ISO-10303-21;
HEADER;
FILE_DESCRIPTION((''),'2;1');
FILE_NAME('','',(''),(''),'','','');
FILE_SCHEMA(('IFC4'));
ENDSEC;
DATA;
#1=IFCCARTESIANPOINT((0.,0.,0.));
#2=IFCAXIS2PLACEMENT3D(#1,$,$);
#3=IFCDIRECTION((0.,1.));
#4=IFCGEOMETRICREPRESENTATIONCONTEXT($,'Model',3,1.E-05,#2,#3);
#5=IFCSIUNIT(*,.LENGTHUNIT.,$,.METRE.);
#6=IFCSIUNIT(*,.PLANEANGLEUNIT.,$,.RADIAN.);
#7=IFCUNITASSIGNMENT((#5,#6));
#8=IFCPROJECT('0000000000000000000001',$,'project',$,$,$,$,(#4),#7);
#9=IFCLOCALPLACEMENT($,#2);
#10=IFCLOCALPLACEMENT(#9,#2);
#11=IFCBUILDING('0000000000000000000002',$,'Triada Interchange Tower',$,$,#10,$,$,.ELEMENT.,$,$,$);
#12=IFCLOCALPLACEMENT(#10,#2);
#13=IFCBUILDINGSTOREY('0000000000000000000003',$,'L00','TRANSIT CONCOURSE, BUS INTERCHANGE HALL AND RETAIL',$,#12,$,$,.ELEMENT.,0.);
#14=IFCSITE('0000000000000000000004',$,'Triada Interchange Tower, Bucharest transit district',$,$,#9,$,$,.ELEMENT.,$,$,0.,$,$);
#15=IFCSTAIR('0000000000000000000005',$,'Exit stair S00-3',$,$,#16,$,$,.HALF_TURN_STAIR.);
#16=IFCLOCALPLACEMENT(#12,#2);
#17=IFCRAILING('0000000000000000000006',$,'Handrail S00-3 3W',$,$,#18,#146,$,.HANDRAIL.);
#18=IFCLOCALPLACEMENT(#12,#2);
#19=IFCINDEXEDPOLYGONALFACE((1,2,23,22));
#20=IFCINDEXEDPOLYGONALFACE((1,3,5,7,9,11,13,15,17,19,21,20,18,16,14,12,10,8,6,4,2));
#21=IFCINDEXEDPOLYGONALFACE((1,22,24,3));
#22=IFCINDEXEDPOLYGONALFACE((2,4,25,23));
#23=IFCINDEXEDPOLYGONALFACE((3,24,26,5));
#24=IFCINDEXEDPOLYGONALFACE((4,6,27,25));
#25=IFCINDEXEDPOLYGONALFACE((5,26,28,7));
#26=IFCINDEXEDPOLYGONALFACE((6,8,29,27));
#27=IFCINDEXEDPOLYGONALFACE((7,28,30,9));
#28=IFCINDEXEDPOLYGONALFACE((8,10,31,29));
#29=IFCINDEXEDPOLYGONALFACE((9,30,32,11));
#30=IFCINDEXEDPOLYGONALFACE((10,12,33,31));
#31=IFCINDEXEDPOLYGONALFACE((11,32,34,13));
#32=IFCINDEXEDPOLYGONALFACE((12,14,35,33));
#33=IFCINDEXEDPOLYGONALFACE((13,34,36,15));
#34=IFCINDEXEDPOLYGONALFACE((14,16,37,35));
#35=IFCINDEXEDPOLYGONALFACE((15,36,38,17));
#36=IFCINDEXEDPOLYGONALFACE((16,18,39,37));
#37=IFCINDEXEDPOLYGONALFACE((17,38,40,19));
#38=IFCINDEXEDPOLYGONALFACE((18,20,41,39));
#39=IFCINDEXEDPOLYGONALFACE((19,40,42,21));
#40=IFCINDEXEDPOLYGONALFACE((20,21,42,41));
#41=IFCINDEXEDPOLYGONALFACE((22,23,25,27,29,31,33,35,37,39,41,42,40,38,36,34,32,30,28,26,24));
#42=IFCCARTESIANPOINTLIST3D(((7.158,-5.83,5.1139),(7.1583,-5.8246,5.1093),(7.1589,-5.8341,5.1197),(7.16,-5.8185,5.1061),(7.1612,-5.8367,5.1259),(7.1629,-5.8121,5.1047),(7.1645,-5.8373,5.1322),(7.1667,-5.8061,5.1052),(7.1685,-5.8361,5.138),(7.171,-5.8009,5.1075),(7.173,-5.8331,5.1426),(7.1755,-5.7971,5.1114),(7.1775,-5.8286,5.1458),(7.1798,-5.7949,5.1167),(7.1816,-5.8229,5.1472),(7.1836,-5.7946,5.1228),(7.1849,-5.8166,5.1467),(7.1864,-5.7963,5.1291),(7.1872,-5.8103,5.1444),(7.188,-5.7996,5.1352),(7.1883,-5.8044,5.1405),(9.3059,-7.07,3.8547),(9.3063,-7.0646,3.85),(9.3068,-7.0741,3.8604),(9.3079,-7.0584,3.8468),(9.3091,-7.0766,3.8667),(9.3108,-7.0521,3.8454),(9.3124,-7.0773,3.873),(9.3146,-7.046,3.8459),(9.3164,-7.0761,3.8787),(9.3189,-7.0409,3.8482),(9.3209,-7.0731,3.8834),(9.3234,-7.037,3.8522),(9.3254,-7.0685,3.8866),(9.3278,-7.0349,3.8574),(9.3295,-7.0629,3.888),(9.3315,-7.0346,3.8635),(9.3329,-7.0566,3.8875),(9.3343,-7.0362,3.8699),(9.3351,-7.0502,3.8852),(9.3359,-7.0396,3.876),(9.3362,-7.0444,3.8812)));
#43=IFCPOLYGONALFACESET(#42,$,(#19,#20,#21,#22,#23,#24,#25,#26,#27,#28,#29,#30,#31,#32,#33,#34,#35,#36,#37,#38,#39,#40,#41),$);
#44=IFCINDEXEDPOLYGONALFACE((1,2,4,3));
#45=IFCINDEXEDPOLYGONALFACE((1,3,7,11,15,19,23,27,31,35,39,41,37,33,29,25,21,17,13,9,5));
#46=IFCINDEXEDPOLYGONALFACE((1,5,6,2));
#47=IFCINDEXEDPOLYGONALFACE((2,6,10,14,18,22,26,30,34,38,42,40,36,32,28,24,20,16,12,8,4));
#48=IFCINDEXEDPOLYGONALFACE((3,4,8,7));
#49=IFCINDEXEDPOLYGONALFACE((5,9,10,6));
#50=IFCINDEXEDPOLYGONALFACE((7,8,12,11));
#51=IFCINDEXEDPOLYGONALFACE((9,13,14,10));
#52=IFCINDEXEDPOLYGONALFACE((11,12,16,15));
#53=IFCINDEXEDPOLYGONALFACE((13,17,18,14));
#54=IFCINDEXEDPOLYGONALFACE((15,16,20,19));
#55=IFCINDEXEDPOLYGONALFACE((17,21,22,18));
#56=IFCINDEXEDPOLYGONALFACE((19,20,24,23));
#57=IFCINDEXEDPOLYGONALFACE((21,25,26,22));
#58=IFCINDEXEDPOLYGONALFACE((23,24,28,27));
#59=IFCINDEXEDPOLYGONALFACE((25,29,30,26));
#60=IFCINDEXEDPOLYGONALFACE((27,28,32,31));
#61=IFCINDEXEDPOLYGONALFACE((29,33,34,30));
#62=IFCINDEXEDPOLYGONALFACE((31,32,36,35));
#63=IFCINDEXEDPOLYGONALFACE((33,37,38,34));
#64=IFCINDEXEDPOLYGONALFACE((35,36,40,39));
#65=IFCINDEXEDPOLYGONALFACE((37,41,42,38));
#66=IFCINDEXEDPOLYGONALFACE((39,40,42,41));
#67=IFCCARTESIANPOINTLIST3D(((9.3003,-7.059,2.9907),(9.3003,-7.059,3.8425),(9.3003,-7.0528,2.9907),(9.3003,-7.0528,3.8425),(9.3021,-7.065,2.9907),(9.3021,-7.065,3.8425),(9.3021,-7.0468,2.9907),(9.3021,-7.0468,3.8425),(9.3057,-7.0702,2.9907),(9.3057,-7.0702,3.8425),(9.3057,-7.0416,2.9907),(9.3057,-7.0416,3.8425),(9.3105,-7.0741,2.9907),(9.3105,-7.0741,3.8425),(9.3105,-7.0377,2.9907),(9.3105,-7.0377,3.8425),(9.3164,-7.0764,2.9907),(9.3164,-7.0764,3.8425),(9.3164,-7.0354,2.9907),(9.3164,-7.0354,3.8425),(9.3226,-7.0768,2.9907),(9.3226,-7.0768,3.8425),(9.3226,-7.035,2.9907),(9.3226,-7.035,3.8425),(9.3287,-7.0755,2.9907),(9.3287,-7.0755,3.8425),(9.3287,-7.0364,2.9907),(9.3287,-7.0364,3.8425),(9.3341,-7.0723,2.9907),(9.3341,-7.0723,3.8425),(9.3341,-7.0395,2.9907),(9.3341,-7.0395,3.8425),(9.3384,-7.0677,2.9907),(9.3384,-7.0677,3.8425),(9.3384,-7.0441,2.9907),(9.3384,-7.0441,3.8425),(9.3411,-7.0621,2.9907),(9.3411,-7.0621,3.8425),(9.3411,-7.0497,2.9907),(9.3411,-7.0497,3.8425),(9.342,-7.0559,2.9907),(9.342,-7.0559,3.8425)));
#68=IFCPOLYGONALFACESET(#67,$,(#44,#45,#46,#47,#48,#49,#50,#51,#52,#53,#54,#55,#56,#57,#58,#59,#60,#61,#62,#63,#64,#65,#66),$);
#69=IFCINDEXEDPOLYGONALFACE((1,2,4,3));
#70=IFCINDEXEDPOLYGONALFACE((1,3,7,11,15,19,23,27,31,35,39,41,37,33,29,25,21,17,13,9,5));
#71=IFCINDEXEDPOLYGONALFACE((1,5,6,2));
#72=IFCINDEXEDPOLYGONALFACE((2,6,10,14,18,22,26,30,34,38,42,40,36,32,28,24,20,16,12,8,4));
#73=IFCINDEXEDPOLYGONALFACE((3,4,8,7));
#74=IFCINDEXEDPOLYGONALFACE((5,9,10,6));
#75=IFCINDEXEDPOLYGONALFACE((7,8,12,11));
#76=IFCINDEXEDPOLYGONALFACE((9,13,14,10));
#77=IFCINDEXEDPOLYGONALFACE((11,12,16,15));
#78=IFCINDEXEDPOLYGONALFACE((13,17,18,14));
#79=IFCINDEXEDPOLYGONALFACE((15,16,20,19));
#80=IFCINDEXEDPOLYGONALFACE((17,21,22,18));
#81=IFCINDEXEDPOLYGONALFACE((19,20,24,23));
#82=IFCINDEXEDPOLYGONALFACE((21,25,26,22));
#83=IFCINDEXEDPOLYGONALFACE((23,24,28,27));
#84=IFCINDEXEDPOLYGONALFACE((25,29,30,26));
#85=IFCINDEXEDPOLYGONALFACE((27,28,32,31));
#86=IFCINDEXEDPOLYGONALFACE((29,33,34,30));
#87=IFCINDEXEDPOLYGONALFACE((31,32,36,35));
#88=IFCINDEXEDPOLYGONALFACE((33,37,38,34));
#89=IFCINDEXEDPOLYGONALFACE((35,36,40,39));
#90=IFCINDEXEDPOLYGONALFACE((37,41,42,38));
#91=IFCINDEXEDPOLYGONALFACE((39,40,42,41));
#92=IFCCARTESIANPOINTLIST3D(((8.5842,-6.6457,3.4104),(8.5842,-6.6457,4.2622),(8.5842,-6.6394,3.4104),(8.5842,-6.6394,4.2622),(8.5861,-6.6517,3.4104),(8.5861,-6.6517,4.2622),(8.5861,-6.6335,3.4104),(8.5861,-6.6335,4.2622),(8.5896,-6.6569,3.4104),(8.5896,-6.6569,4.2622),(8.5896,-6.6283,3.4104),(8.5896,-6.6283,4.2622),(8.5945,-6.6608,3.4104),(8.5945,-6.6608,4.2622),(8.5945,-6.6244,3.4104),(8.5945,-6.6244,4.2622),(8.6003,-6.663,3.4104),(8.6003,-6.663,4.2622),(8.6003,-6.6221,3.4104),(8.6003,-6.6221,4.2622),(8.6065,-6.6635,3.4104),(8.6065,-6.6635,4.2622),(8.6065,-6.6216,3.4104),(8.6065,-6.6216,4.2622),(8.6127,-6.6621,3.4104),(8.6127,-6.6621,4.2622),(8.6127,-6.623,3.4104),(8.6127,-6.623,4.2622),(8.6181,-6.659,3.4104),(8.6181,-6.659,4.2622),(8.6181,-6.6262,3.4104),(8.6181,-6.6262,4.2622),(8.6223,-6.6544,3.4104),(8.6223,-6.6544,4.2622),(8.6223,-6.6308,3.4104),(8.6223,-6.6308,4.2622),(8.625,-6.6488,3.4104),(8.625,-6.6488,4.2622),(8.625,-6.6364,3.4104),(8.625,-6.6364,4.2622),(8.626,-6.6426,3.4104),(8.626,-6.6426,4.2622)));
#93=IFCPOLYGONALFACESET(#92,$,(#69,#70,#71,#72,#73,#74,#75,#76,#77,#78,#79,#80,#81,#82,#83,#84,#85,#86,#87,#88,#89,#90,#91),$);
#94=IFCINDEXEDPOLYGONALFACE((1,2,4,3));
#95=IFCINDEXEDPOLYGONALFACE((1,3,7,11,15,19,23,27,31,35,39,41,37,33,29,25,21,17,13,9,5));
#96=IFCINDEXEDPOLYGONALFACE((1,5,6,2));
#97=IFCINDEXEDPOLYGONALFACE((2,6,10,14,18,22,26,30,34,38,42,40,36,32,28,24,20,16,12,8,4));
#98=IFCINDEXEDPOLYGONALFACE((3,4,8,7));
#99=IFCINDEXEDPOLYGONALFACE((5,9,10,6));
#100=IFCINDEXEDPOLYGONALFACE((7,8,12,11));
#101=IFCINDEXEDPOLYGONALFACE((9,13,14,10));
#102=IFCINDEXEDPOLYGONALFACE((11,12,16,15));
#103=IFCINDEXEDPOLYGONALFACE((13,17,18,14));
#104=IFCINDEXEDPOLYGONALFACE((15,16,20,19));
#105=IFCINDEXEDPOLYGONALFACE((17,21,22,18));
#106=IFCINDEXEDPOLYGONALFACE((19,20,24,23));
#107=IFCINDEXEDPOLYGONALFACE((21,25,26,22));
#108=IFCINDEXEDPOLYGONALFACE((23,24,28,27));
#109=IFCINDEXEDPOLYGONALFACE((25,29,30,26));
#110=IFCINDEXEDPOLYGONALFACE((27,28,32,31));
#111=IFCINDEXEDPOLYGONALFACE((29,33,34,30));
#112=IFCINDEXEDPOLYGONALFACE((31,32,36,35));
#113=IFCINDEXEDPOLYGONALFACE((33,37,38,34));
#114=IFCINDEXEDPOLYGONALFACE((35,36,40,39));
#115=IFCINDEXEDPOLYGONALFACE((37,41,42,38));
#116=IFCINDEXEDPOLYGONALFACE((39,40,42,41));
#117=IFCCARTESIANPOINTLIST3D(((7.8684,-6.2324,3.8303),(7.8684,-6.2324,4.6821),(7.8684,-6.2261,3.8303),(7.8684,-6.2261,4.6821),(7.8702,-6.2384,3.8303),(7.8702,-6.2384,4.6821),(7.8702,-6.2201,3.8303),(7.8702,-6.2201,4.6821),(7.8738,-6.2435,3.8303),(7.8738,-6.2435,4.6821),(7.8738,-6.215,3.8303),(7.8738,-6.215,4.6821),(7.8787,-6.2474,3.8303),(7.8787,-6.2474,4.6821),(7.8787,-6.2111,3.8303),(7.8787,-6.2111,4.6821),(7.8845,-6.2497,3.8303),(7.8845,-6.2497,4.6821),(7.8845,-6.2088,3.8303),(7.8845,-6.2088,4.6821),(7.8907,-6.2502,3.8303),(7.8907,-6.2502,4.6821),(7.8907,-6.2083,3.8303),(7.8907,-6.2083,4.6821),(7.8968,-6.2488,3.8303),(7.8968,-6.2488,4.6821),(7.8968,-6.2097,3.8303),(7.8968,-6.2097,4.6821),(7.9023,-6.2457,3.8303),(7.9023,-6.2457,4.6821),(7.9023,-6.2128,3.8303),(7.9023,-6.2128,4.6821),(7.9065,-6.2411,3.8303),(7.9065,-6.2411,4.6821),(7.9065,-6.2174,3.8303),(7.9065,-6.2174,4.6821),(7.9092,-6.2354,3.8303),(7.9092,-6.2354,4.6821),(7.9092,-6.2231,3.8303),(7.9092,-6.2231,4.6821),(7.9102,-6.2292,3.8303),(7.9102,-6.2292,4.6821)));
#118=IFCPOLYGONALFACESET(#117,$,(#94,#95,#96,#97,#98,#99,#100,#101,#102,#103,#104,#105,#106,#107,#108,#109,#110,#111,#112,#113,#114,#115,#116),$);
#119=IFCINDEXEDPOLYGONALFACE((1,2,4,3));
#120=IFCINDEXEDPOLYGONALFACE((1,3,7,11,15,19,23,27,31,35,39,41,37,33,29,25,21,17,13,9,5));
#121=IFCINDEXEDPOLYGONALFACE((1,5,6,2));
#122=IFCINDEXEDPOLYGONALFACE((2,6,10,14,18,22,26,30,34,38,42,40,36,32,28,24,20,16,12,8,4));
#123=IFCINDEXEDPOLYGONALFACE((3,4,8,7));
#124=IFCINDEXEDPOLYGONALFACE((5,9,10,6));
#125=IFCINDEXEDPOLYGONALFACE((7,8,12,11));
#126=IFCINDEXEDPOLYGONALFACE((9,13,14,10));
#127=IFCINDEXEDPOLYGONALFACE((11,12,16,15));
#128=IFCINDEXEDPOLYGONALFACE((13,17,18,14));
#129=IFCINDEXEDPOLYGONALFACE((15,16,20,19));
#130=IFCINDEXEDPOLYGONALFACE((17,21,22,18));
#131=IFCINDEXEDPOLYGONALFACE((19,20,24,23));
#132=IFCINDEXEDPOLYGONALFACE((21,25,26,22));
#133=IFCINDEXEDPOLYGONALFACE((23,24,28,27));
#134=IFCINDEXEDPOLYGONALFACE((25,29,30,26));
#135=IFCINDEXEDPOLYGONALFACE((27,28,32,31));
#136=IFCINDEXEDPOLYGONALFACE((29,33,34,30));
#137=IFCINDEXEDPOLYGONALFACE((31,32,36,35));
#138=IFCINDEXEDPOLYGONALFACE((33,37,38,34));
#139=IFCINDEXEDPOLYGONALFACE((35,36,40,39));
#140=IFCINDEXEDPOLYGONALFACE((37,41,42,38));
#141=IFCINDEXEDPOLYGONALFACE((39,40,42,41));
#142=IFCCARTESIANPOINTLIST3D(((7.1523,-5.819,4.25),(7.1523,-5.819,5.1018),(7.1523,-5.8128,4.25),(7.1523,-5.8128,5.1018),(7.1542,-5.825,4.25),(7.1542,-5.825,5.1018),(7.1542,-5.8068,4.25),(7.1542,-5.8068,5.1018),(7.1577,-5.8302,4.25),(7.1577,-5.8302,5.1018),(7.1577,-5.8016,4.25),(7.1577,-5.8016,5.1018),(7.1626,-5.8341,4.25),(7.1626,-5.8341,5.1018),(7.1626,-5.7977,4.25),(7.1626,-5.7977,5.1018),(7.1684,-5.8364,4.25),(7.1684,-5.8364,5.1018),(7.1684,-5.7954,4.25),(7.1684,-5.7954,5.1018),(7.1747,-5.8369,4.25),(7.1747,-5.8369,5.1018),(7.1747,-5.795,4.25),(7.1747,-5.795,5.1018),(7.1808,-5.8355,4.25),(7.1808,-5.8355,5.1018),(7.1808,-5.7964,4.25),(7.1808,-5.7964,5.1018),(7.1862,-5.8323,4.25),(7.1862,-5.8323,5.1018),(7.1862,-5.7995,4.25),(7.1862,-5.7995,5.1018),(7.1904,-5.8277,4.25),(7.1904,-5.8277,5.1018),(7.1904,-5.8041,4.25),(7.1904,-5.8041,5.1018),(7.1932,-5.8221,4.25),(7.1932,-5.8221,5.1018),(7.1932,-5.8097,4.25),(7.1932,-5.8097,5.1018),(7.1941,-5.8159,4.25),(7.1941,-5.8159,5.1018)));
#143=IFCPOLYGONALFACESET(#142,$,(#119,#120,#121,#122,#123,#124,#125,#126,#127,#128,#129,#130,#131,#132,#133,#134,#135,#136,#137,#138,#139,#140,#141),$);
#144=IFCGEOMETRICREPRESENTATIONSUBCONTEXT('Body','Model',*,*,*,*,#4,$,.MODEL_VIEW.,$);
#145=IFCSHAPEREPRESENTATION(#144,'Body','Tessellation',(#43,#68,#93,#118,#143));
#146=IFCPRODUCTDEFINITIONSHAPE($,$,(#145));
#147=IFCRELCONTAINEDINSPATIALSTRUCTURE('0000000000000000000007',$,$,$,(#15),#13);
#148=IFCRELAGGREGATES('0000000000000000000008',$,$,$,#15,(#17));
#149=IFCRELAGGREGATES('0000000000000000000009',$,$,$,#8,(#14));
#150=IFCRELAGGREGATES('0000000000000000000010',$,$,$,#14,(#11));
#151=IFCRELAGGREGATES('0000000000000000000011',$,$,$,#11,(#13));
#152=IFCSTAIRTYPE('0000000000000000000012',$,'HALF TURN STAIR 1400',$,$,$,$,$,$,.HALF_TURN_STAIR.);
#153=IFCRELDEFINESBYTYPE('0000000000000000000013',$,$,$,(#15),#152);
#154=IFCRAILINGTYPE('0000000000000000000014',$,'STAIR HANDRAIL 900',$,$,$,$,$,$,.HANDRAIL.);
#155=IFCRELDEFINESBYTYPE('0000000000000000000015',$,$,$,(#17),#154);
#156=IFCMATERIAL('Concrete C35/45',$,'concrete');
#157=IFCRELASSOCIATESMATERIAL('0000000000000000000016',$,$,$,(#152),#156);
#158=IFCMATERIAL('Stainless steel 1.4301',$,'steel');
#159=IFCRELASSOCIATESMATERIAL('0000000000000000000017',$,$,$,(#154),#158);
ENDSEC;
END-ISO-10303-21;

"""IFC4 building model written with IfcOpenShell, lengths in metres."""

from ifc_helpers import new_model, si_unit, direction, frame, origin, origin_2d, place, context, subcontext, project, spatial, circle, extrude, material, type_object, element, aggregate, save


model = new_model("IFC4")

# Units and contexts
model_context = context("Model", 3, precision=1e-05, world=origin(), true_north=direction((0.0, 1.0)))
body_context = subcontext(model_context, "Body", "Model", "MODEL_VIEW")
ifc_project = project(units=[si_unit("LENGTHUNIT", "METRE"), si_unit("PLANEANGLEUNIT", "RADIAN")], contexts=[model_context])

# Site, building, storey
site_placement = place(None, origin())
site = spatial("IfcSite", under=ifc_project, at=site_placement, Name="Triada Interchange Tower, Bucharest transit district", CompositionType="ELEMENT", RefElevation=0.0)
building_placement = place(site_placement, origin())
building = spatial("IfcBuilding", under=site, at=building_placement, Name="Triada Interchange Tower", CompositionType="ELEMENT")
storey_placement = place(building_placement, origin())
storey = spatial("IfcBuildingStorey", under=building, at=storey_placement, Name="L00", Description="TRANSIT CONCOURSE, BUS INTERCHANGE HALL AND RETAIL", CompositionType="ELEMENT", Elevation=0.0)

# Shared definitions
ifc_material_1 = material(Name="Concrete C35/45", Category="concrete")

# Stair, railing
stair_type = type_object("IfcStairType", Name="HALF TURN STAIR 1400", PredefinedType="HALF_TURN_STAIR", material=ifc_material_1)
stair_placement = place(storey_placement, origin())
stair = element("IfcStair", 1, at=stair_placement, inside=storey, type_object=stair_type, Name="Exit stair S00-3", PredefinedType="HALF_TURN_STAIR")
ifc_material_2 = material(Name="Stainless steel 1.4301", Category="steel")
railing_type = type_object("IfcRailingType", Name="STAIR HANDRAIL 900", PredefinedType="HANDRAIL", material=ifc_material_2)
railing_1_placement = place(storey_placement, frame((9.321, -7.0559, 2.9907)))
railing_1 = element("IfcRailing", 2, at=railing_1_placement, type_object=railing_type, Name="Handrail S00-3 3W", PredefinedType="HANDRAIL", context=body_context, shape_type="SweptSolid", body=[
    extrude(circle(Radius=0.0239, at=origin_2d()), frame((0.0, 0.0, 0.876), z_axis=(-0.772212, 0.445791, 0.452724), x_axis=(-0.499961, -0.866048, 0.0)), (0.0, 0.0, 1.0), 2.7815),
    extrude(circle(Radius=0.021, at=origin_2d()), origin(), (0.0, 0.0, 1.0), 0.8518),
    extrude(circle(Radius=0.021, at=origin_2d()), frame((-0.7161, 0.4133, 0.4197)), (0.0, 0.0, 1.0), 0.8518),
    extrude(circle(Radius=0.021, at=origin_2d()), frame((-1.4319, 0.8267, 0.8396)), (0.0, 0.0, 1.0), 0.8518),
    extrude(circle(Radius=0.021, at=origin_2d()), frame((-2.1479, 1.24, 1.2593)), (0.0, 0.0, 1.0), 0.8518),
])
aggregate(stair, [railing_1])

save(model, "model.ifc")
